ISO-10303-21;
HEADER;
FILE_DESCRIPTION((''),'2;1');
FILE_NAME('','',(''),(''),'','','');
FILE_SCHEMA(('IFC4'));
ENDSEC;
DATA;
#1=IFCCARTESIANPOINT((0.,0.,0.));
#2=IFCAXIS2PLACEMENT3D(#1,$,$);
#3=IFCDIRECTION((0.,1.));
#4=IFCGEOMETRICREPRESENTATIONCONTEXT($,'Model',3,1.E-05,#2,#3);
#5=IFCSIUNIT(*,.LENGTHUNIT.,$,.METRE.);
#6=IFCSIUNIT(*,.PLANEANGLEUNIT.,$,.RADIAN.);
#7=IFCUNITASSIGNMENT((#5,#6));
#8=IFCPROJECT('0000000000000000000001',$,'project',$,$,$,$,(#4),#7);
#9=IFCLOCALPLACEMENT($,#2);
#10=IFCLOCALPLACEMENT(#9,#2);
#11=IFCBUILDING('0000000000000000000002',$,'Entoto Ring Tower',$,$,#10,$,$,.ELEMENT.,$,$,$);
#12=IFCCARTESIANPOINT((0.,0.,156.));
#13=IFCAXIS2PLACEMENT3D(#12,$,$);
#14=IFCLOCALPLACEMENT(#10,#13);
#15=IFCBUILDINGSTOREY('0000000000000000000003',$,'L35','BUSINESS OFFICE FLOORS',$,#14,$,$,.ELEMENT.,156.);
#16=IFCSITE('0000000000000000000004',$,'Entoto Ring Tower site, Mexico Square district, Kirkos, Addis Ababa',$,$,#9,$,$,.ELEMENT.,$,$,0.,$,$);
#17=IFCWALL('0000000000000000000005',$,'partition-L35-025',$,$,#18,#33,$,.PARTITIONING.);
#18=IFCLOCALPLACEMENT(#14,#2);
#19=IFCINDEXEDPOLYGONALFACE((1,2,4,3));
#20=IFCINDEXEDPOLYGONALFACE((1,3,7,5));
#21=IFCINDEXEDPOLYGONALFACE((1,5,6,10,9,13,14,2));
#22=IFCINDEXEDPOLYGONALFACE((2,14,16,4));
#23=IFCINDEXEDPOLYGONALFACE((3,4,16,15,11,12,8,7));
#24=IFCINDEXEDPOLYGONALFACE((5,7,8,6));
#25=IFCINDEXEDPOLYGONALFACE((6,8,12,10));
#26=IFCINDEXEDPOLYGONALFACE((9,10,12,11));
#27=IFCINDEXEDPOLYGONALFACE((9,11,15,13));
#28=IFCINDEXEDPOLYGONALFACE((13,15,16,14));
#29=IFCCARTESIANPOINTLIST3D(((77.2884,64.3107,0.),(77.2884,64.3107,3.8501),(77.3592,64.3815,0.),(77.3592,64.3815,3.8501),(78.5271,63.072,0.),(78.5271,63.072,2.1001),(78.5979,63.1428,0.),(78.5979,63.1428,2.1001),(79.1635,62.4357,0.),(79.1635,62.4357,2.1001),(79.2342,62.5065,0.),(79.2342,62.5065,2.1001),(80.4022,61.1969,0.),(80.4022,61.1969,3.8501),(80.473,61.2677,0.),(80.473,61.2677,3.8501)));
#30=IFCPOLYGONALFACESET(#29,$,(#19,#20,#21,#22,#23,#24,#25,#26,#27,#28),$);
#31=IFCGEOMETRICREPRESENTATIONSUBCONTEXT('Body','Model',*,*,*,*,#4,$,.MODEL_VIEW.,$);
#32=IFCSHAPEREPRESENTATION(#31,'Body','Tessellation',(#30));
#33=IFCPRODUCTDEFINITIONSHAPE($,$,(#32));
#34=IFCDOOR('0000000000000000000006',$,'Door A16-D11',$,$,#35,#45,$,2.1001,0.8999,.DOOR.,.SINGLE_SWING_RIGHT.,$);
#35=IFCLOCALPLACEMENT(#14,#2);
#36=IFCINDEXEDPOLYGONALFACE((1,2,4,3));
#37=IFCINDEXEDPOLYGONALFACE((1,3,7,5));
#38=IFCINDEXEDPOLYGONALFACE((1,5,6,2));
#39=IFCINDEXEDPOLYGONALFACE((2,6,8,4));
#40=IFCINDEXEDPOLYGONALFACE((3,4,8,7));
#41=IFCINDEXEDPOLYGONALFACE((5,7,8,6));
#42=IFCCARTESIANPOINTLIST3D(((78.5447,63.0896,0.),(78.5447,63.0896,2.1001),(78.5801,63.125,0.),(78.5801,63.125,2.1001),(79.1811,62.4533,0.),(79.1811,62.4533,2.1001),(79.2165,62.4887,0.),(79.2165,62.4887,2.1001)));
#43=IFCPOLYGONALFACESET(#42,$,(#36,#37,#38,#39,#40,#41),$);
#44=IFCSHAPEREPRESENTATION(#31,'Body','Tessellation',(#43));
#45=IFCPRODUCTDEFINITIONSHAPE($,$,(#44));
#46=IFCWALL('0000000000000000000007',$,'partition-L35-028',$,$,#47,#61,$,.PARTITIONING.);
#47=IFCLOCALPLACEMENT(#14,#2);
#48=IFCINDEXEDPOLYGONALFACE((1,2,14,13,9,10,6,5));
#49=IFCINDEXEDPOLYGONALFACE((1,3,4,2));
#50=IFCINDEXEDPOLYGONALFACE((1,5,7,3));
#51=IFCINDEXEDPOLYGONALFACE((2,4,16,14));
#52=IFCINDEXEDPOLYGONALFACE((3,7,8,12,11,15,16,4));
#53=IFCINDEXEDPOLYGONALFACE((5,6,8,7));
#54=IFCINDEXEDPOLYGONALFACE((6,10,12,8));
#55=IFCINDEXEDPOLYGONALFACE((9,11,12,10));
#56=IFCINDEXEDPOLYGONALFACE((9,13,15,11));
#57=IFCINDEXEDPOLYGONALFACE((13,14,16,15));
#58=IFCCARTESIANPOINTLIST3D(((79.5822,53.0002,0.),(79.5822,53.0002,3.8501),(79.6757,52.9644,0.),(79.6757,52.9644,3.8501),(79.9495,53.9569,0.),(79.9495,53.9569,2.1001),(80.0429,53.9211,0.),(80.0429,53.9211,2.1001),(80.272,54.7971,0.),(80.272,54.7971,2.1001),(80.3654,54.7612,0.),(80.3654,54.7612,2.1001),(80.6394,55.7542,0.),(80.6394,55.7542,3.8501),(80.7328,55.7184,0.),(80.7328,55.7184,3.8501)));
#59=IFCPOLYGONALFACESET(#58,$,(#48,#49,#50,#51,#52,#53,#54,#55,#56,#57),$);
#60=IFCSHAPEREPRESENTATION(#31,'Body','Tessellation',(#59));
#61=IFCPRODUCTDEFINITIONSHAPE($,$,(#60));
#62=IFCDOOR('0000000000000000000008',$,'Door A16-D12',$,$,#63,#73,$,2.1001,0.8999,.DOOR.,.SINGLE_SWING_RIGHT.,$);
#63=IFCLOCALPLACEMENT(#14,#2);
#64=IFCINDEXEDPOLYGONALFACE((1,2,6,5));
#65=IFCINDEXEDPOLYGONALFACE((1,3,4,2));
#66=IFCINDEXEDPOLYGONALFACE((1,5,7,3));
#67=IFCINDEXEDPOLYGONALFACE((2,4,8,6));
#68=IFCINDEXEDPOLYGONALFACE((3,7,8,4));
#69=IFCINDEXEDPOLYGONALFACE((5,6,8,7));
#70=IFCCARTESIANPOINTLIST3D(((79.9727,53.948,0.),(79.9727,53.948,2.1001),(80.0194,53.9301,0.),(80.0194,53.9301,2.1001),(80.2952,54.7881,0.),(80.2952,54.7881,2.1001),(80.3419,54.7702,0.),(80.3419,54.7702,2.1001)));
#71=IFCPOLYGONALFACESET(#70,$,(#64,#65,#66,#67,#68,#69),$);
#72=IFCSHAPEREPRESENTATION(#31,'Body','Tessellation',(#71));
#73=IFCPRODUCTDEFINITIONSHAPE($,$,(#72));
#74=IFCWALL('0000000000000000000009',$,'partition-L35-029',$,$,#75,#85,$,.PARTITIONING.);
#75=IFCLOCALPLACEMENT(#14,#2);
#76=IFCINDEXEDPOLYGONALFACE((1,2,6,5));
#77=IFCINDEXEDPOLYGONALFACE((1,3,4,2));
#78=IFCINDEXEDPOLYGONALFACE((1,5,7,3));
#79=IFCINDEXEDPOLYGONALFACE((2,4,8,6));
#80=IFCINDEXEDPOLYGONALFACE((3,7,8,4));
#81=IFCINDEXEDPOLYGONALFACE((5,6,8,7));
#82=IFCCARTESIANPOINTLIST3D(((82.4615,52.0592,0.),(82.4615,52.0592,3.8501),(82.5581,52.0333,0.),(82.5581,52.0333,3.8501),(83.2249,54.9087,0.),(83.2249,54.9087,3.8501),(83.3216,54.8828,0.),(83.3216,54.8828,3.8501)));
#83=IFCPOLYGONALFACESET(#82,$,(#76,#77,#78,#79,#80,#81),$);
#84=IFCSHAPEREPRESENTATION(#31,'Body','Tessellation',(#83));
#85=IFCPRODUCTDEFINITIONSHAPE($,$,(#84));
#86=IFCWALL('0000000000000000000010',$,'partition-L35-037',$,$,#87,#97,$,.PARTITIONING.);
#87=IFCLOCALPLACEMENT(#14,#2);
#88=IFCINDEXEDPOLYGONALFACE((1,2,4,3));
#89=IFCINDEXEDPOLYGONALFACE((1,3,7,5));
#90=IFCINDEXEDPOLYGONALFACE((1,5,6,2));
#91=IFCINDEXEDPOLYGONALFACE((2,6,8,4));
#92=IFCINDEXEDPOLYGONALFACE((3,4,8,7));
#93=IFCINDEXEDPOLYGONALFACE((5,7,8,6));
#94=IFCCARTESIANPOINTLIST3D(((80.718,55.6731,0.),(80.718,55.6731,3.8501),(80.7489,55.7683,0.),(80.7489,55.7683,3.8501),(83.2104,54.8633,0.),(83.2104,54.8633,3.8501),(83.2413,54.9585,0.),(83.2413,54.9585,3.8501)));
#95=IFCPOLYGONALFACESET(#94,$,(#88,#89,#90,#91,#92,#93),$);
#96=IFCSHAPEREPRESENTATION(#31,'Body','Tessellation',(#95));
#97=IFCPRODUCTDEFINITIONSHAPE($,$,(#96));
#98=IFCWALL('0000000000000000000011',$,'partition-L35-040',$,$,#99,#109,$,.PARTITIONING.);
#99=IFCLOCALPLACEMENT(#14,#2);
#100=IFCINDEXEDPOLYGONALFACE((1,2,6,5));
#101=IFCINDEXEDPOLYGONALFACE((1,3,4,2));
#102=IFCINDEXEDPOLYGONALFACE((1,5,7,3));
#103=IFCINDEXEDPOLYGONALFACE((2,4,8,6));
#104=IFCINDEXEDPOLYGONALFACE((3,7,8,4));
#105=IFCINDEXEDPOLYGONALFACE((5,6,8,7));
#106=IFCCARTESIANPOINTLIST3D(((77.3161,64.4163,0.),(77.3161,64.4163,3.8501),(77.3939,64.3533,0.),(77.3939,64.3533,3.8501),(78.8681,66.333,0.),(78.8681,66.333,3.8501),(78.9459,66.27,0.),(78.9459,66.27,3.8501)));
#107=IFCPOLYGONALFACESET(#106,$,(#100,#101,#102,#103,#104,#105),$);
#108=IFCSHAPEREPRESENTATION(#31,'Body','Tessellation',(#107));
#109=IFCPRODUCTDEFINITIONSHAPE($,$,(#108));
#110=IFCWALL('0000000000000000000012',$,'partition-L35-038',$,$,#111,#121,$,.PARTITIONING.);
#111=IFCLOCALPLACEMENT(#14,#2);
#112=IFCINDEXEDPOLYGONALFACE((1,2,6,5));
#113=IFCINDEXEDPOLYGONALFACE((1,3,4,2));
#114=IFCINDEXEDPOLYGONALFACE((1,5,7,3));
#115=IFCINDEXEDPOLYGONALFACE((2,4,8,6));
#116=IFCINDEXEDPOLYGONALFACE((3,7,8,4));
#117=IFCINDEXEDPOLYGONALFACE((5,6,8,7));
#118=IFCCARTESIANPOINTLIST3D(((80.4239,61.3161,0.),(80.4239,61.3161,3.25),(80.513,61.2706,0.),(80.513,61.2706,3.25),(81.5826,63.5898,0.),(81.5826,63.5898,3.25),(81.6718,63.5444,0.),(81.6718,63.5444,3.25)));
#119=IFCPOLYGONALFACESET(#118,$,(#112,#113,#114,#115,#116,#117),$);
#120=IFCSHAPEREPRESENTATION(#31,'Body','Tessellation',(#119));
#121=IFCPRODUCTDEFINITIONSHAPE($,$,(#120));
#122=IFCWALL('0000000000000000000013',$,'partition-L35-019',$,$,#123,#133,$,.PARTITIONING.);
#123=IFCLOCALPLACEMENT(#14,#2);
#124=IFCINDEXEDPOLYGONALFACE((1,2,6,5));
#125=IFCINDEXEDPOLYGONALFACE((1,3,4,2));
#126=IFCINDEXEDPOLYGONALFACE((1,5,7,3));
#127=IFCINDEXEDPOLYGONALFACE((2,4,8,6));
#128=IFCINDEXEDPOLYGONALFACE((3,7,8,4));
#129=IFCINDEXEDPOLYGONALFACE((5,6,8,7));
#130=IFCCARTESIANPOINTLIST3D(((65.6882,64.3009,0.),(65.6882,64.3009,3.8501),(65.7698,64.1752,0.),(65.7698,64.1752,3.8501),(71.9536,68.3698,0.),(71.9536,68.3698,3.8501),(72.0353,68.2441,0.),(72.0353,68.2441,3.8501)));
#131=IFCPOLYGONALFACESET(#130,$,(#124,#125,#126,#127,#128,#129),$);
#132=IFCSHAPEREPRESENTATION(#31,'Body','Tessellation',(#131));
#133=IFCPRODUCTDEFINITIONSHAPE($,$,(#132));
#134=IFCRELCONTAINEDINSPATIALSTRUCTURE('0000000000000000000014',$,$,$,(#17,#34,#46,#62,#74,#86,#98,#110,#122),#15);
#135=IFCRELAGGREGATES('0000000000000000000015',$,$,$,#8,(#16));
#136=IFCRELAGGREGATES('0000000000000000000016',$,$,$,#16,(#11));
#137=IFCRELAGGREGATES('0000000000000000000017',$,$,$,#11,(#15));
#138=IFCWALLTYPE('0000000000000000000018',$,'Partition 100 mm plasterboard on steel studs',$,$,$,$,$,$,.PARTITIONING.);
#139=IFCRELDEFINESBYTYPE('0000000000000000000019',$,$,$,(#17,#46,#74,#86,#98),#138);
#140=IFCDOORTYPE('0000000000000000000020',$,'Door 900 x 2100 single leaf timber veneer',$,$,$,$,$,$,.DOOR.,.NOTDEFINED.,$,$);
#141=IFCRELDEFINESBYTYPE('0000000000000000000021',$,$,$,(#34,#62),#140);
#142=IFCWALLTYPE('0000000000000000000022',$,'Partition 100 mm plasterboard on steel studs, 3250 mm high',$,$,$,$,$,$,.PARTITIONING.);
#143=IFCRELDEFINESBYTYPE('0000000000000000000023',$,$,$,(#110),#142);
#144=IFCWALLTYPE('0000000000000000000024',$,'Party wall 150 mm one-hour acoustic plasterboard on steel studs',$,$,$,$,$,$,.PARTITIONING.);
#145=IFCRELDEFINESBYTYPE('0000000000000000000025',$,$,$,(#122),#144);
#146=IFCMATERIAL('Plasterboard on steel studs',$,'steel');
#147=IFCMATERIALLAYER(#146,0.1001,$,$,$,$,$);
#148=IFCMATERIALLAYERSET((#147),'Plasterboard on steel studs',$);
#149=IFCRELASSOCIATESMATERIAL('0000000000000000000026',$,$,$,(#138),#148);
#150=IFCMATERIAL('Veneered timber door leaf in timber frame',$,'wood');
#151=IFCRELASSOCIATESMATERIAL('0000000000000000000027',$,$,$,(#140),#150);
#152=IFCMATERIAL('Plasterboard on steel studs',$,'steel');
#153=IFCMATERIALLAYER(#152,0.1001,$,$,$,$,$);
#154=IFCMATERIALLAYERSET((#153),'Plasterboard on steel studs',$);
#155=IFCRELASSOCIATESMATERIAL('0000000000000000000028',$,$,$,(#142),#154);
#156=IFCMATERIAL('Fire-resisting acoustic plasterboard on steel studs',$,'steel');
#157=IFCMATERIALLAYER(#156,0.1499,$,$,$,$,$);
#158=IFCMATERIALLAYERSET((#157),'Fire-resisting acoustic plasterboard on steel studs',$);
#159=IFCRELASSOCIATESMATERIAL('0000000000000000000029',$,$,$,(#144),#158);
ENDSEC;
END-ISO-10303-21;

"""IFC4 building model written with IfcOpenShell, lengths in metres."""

from ifc_helpers import new_model, si_unit, direction, frame, frame_2d, origin, place, context, subcontext, project, spatial, rectangle, extrude, material, layer, layer_set, type_object, element, fill, save


model = new_model("IFC4")

# Units and contexts
model_context = context("Model", 3, precision=1e-05, world=origin(), true_north=direction((0.0, 1.0)))
body_context = subcontext(model_context, "Body", "Model", "MODEL_VIEW")
ifc_project = project(units=[si_unit("LENGTHUNIT", "METRE"), si_unit("PLANEANGLEUNIT", "RADIAN")], contexts=[model_context])

# Site, building, storey
site_placement = place(None, origin())
site = spatial("IfcSite", under=ifc_project, at=site_placement, Name="Entoto Ring Tower site, Mexico Square district, Kirkos, Addis Ababa", CompositionType="ELEMENT", RefElevation=0.0)
building_placement = place(site_placement, origin())
building = spatial("IfcBuilding", under=site, at=building_placement, Name="Entoto Ring Tower", CompositionType="ELEMENT")
storey_placement = place(building_placement, frame((0.0, 0.0, 156.0)))
storey = spatial("IfcBuildingStorey", under=building, at=storey_placement, Name="L35", Description="BUSINESS OFFICE FLOORS", CompositionType="ELEMENT", Elevation=156.0)

# Walls, openings, doors
ifc_material_1 = material(Name="Plasterboard on steel studs", Category="steel")
ifc_layer_1 = layer(ifc_material_1, 0.1001)
ifc_layer_set_1 = layer_set([ifc_layer_1], Name="Plasterboard on steel studs")
wall_type_1 = type_object("IfcWallType", Name="Partition 100 mm plasterboard on steel studs", PredefinedType="PARTITIONING", material=ifc_layer_set_1)
wall_1_placement = place(storey_placement, frame((80.4375, 61.2324, 0.0), z_axis=(0.0, 0.0, 1.0), x_axis=(-0.707107, 0.707107, 0.0)))
wall_1 = element("IfcWall", 1, at=wall_1_placement, inside=storey, type_object=wall_type_1, Name="partition-L35-025", PredefinedType="PARTITIONING", context=body_context, shape_type="SweptSolid", body=[
    extrude(rectangle(XDim=4.4036, YDim=0.1001, at=frame_2d((2.2017, 0.0))), origin(), (0.0, 0.0, 1.0), 3.8501),
])
opening_1_placement = place(wall_1_placement, frame((1.7517, 0.0, 0.0)))
opening_1 = element("IfcOpeningElement", 2, at=opening_1_placement, cuts=wall_1, PredefinedType="OPENING", context=body_context, shape_type="SweptSolid", body=[
    extrude(rectangle(XDim=0.8999, YDim=2.1001, at=frame_2d((0.45, 1.05))), frame((0.0, 0.0601, 0.0), z_axis=(0.0, -1.0, 0.0), x_axis=(1.0, 0.0, 0.0)), (0.0, 0.0, 1.0), 0.1201),
])
ifc_material_2 = material(Name="Veneered timber door leaf in timber frame", Category="wood")
door_type_1 = type_object("IfcDoorType", Name="Door 900 x 2100 single leaf timber veneer", OperationType="NOTDEFINED", PredefinedType="DOOR", material=ifc_material_2)
door_1_placement = place(opening_1_placement, frame((0.8999, 0.0, 0.0), z_axis=(0.0, 0.0, 1.0), x_axis=(-1.0, 0.0, 0.0)))
door_1 = element("IfcDoor", 3, at=door_1_placement, inside=storey, type_object=door_type_1, Name="Door A16-D11", OperationType="SINGLE_SWING_RIGHT", OverallHeight=2.1001, OverallWidth=0.8999, PredefinedType="DOOR", context=body_context, shape_type="SweptSolid", body=[
    extrude(rectangle(XDim=0.8999, YDim=2.1001, at=frame_2d((0.45, 1.05))), frame((0.0, 0.0249, 0.0), z_axis=(0.0, -1.0, 0.0), x_axis=(1.0, 0.0, 0.0)), (0.0, 0.0, 1.0), 0.05),
])
fill(opening_1, door_1)
wall_2_placement = place(storey_placement, frame((79.6289, 52.9822, 0.0), z_axis=(0.0, 0.0, 1.0), x_axis=(0.358369, 0.93358, 0.0)))
wall_2 = element("IfcWall", 4, at=wall_2_placement, inside=storey, type_object=wall_type_1, Name="partition-L35-028", PredefinedType="PARTITIONING", context=body_context, shape_type="SweptSolid", body=[
    extrude(rectangle(XDim=2.95, YDim=0.1001, at=frame_2d((1.4751, 0.0))), origin(), (0.0, 0.0, 1.0), 3.8501),
])
opening_2_placement = place(wall_2_placement, frame((1.0249, 0.0, 0.0)))
opening_2 = element("IfcOpeningElement", 5, at=opening_2_placement, cuts=wall_2, PredefinedType="OPENING", context=body_context, shape_type="SweptSolid", body=[
    extrude(rectangle(XDim=0.8999, YDim=2.1001, at=frame_2d((0.45, 1.05))), frame((0.0, 0.0601, 0.0), z_axis=(0.0, -1.0, 0.0), x_axis=(1.0, 0.0, 0.0)), (0.0, 0.0, 1.0), 0.1201),
])
door_2_placement = place(opening_2_placement, frame((0.8999, 0.0, 0.0), z_axis=(0.0, 0.0, 1.0), x_axis=(-1.0, 0.0, 0.0)))
door_2 = element("IfcDoor", 6, at=door_2_placement, inside=storey, type_object=door_type_1, Name="Door A16-D12", OperationType="SINGLE_SWING_RIGHT", OverallHeight=2.1001, OverallWidth=0.8999, PredefinedType="DOOR", context=body_context, shape_type="SweptSolid", body=[
    extrude(rectangle(XDim=0.8999, YDim=2.1001, at=frame_2d((0.45, 1.05))), frame((0.0, 0.0249, 0.0), z_axis=(0.0, -1.0, 0.0), x_axis=(1.0, 0.0, 0.0)), (0.0, 0.0, 1.0), 0.05),
])
fill(opening_2, door_2)

# Walls
wall_3_placement = place(storey_placement, frame((82.5098, 52.0461, 0.0), z_axis=(0.0, 0.0, 1.0), x_axis=(0.258801, 0.965931, 0.0)))
element("IfcWall", 7, at=wall_3_placement, inside=storey, type_object=wall_type_1, Name="partition-L35-029", PredefinedType="PARTITIONING", context=body_context, shape_type="SweptSolid", body=[
    extrude(rectangle(XDim=2.95, YDim=0.1001, at=frame_2d((1.4751, 0.0))), origin(), (0.0, 0.0, 1.0), 3.8501),
])
wall_4_placement = place(storey_placement, frame((83.2258, 54.9109, 0.0), z_axis=(0.0, 0.0, 1.0), x_axis=(-0.951059, 0.309008, 0.0)))
element("IfcWall", 8, at=wall_4_placement, inside=storey, type_object=wall_type_1, Name="partition-L35-037", PredefinedType="PARTITIONING", context=body_context, shape_type="SweptSolid", body=[
    extrude(rectangle(XDim=2.6206, YDim=0.1001, at=frame_2d((1.3103, 0.0))), origin(), (0.0, 0.0, 1.0), 3.8501),
])
wall_5_placement = place(storey_placement, frame((77.355, 64.3848, 0.0), z_axis=(0.0, 0.0, 1.0), x_axis=(0.629284, 0.777176, 0.0)))
element("IfcWall", 9, at=wall_5_placement, inside=storey, type_object=wall_type_1, Name="partition-L35-040", PredefinedType="PARTITIONING", context=body_context, shape_type="SweptSolid", body=[
    extrude(rectangle(XDim=2.4663, YDim=0.1001, at=frame_2d((1.2332, 0.0))), origin(), (0.0, 0.0, 1.0), 3.8501),
])
ifc_material_3 = material(Name="Plasterboard on steel studs", Category="steel")
ifc_layer_2 = layer(ifc_material_3, 0.1001)
ifc_layer_set_2 = layer_set([ifc_layer_2], Name="Plasterboard on steel studs")
wall_type_2 = type_object("IfcWallType", Name="Partition 100 mm plasterboard on steel studs, 3250 mm high", PredefinedType="PARTITIONING", material=ifc_layer_set_2)
wall_6_placement = place(storey_placement, frame((80.4685, 61.2935, 0.0), z_axis=(0.0, 0.0, 1.0), x_axis=(0.45405, 0.890976, 0.0)))
element("IfcWall", 10, at=wall_6_placement, inside=storey, type_object=wall_type_2, Name="partition-L35-038", PredefinedType="PARTITIONING", context=body_context, shape_type="SweptSolid", body=[
    extrude(rectangle(XDim=2.552, YDim=0.1001, at=frame_2d((1.2759, 0.0))), origin(), (0.0, 0.0, 1.0), 3.25),
])
ifc_material_4 = material(Name="Fire-resisting acoustic plasterboard on steel studs", Category="steel")
ifc_layer_3 = layer(ifc_material_4, 0.1499)
ifc_layer_set_3 = layer_set([ifc_layer_3], Name="Fire-resisting acoustic plasterboard on steel studs")
wall_type_3 = type_object("IfcWallType", Name="Party wall 150 mm one-hour acoustic plasterboard on steel studs", PredefinedType="PARTITIONING", material=ifc_layer_set_3)
wall_7_placement = place(storey_placement, frame((65.729, 64.238, 0.0), z_axis=(0.0, 0.0, 1.0), x_axis=(0.838667, 0.544645, 0.0)))
element("IfcWall", 11, at=wall_7_placement, inside=storey, type_object=wall_type_3, Name="partition-L35-019", PredefinedType="PARTITIONING", context=body_context, shape_type="SweptSolid", body=[
    extrude(rectangle(XDim=7.4707, YDim=0.1499, at=frame_2d((3.7354, 0.0))), origin(), (0.0, 0.0, 1.0), 3.8501),
])

save(model, "model.ifc")
